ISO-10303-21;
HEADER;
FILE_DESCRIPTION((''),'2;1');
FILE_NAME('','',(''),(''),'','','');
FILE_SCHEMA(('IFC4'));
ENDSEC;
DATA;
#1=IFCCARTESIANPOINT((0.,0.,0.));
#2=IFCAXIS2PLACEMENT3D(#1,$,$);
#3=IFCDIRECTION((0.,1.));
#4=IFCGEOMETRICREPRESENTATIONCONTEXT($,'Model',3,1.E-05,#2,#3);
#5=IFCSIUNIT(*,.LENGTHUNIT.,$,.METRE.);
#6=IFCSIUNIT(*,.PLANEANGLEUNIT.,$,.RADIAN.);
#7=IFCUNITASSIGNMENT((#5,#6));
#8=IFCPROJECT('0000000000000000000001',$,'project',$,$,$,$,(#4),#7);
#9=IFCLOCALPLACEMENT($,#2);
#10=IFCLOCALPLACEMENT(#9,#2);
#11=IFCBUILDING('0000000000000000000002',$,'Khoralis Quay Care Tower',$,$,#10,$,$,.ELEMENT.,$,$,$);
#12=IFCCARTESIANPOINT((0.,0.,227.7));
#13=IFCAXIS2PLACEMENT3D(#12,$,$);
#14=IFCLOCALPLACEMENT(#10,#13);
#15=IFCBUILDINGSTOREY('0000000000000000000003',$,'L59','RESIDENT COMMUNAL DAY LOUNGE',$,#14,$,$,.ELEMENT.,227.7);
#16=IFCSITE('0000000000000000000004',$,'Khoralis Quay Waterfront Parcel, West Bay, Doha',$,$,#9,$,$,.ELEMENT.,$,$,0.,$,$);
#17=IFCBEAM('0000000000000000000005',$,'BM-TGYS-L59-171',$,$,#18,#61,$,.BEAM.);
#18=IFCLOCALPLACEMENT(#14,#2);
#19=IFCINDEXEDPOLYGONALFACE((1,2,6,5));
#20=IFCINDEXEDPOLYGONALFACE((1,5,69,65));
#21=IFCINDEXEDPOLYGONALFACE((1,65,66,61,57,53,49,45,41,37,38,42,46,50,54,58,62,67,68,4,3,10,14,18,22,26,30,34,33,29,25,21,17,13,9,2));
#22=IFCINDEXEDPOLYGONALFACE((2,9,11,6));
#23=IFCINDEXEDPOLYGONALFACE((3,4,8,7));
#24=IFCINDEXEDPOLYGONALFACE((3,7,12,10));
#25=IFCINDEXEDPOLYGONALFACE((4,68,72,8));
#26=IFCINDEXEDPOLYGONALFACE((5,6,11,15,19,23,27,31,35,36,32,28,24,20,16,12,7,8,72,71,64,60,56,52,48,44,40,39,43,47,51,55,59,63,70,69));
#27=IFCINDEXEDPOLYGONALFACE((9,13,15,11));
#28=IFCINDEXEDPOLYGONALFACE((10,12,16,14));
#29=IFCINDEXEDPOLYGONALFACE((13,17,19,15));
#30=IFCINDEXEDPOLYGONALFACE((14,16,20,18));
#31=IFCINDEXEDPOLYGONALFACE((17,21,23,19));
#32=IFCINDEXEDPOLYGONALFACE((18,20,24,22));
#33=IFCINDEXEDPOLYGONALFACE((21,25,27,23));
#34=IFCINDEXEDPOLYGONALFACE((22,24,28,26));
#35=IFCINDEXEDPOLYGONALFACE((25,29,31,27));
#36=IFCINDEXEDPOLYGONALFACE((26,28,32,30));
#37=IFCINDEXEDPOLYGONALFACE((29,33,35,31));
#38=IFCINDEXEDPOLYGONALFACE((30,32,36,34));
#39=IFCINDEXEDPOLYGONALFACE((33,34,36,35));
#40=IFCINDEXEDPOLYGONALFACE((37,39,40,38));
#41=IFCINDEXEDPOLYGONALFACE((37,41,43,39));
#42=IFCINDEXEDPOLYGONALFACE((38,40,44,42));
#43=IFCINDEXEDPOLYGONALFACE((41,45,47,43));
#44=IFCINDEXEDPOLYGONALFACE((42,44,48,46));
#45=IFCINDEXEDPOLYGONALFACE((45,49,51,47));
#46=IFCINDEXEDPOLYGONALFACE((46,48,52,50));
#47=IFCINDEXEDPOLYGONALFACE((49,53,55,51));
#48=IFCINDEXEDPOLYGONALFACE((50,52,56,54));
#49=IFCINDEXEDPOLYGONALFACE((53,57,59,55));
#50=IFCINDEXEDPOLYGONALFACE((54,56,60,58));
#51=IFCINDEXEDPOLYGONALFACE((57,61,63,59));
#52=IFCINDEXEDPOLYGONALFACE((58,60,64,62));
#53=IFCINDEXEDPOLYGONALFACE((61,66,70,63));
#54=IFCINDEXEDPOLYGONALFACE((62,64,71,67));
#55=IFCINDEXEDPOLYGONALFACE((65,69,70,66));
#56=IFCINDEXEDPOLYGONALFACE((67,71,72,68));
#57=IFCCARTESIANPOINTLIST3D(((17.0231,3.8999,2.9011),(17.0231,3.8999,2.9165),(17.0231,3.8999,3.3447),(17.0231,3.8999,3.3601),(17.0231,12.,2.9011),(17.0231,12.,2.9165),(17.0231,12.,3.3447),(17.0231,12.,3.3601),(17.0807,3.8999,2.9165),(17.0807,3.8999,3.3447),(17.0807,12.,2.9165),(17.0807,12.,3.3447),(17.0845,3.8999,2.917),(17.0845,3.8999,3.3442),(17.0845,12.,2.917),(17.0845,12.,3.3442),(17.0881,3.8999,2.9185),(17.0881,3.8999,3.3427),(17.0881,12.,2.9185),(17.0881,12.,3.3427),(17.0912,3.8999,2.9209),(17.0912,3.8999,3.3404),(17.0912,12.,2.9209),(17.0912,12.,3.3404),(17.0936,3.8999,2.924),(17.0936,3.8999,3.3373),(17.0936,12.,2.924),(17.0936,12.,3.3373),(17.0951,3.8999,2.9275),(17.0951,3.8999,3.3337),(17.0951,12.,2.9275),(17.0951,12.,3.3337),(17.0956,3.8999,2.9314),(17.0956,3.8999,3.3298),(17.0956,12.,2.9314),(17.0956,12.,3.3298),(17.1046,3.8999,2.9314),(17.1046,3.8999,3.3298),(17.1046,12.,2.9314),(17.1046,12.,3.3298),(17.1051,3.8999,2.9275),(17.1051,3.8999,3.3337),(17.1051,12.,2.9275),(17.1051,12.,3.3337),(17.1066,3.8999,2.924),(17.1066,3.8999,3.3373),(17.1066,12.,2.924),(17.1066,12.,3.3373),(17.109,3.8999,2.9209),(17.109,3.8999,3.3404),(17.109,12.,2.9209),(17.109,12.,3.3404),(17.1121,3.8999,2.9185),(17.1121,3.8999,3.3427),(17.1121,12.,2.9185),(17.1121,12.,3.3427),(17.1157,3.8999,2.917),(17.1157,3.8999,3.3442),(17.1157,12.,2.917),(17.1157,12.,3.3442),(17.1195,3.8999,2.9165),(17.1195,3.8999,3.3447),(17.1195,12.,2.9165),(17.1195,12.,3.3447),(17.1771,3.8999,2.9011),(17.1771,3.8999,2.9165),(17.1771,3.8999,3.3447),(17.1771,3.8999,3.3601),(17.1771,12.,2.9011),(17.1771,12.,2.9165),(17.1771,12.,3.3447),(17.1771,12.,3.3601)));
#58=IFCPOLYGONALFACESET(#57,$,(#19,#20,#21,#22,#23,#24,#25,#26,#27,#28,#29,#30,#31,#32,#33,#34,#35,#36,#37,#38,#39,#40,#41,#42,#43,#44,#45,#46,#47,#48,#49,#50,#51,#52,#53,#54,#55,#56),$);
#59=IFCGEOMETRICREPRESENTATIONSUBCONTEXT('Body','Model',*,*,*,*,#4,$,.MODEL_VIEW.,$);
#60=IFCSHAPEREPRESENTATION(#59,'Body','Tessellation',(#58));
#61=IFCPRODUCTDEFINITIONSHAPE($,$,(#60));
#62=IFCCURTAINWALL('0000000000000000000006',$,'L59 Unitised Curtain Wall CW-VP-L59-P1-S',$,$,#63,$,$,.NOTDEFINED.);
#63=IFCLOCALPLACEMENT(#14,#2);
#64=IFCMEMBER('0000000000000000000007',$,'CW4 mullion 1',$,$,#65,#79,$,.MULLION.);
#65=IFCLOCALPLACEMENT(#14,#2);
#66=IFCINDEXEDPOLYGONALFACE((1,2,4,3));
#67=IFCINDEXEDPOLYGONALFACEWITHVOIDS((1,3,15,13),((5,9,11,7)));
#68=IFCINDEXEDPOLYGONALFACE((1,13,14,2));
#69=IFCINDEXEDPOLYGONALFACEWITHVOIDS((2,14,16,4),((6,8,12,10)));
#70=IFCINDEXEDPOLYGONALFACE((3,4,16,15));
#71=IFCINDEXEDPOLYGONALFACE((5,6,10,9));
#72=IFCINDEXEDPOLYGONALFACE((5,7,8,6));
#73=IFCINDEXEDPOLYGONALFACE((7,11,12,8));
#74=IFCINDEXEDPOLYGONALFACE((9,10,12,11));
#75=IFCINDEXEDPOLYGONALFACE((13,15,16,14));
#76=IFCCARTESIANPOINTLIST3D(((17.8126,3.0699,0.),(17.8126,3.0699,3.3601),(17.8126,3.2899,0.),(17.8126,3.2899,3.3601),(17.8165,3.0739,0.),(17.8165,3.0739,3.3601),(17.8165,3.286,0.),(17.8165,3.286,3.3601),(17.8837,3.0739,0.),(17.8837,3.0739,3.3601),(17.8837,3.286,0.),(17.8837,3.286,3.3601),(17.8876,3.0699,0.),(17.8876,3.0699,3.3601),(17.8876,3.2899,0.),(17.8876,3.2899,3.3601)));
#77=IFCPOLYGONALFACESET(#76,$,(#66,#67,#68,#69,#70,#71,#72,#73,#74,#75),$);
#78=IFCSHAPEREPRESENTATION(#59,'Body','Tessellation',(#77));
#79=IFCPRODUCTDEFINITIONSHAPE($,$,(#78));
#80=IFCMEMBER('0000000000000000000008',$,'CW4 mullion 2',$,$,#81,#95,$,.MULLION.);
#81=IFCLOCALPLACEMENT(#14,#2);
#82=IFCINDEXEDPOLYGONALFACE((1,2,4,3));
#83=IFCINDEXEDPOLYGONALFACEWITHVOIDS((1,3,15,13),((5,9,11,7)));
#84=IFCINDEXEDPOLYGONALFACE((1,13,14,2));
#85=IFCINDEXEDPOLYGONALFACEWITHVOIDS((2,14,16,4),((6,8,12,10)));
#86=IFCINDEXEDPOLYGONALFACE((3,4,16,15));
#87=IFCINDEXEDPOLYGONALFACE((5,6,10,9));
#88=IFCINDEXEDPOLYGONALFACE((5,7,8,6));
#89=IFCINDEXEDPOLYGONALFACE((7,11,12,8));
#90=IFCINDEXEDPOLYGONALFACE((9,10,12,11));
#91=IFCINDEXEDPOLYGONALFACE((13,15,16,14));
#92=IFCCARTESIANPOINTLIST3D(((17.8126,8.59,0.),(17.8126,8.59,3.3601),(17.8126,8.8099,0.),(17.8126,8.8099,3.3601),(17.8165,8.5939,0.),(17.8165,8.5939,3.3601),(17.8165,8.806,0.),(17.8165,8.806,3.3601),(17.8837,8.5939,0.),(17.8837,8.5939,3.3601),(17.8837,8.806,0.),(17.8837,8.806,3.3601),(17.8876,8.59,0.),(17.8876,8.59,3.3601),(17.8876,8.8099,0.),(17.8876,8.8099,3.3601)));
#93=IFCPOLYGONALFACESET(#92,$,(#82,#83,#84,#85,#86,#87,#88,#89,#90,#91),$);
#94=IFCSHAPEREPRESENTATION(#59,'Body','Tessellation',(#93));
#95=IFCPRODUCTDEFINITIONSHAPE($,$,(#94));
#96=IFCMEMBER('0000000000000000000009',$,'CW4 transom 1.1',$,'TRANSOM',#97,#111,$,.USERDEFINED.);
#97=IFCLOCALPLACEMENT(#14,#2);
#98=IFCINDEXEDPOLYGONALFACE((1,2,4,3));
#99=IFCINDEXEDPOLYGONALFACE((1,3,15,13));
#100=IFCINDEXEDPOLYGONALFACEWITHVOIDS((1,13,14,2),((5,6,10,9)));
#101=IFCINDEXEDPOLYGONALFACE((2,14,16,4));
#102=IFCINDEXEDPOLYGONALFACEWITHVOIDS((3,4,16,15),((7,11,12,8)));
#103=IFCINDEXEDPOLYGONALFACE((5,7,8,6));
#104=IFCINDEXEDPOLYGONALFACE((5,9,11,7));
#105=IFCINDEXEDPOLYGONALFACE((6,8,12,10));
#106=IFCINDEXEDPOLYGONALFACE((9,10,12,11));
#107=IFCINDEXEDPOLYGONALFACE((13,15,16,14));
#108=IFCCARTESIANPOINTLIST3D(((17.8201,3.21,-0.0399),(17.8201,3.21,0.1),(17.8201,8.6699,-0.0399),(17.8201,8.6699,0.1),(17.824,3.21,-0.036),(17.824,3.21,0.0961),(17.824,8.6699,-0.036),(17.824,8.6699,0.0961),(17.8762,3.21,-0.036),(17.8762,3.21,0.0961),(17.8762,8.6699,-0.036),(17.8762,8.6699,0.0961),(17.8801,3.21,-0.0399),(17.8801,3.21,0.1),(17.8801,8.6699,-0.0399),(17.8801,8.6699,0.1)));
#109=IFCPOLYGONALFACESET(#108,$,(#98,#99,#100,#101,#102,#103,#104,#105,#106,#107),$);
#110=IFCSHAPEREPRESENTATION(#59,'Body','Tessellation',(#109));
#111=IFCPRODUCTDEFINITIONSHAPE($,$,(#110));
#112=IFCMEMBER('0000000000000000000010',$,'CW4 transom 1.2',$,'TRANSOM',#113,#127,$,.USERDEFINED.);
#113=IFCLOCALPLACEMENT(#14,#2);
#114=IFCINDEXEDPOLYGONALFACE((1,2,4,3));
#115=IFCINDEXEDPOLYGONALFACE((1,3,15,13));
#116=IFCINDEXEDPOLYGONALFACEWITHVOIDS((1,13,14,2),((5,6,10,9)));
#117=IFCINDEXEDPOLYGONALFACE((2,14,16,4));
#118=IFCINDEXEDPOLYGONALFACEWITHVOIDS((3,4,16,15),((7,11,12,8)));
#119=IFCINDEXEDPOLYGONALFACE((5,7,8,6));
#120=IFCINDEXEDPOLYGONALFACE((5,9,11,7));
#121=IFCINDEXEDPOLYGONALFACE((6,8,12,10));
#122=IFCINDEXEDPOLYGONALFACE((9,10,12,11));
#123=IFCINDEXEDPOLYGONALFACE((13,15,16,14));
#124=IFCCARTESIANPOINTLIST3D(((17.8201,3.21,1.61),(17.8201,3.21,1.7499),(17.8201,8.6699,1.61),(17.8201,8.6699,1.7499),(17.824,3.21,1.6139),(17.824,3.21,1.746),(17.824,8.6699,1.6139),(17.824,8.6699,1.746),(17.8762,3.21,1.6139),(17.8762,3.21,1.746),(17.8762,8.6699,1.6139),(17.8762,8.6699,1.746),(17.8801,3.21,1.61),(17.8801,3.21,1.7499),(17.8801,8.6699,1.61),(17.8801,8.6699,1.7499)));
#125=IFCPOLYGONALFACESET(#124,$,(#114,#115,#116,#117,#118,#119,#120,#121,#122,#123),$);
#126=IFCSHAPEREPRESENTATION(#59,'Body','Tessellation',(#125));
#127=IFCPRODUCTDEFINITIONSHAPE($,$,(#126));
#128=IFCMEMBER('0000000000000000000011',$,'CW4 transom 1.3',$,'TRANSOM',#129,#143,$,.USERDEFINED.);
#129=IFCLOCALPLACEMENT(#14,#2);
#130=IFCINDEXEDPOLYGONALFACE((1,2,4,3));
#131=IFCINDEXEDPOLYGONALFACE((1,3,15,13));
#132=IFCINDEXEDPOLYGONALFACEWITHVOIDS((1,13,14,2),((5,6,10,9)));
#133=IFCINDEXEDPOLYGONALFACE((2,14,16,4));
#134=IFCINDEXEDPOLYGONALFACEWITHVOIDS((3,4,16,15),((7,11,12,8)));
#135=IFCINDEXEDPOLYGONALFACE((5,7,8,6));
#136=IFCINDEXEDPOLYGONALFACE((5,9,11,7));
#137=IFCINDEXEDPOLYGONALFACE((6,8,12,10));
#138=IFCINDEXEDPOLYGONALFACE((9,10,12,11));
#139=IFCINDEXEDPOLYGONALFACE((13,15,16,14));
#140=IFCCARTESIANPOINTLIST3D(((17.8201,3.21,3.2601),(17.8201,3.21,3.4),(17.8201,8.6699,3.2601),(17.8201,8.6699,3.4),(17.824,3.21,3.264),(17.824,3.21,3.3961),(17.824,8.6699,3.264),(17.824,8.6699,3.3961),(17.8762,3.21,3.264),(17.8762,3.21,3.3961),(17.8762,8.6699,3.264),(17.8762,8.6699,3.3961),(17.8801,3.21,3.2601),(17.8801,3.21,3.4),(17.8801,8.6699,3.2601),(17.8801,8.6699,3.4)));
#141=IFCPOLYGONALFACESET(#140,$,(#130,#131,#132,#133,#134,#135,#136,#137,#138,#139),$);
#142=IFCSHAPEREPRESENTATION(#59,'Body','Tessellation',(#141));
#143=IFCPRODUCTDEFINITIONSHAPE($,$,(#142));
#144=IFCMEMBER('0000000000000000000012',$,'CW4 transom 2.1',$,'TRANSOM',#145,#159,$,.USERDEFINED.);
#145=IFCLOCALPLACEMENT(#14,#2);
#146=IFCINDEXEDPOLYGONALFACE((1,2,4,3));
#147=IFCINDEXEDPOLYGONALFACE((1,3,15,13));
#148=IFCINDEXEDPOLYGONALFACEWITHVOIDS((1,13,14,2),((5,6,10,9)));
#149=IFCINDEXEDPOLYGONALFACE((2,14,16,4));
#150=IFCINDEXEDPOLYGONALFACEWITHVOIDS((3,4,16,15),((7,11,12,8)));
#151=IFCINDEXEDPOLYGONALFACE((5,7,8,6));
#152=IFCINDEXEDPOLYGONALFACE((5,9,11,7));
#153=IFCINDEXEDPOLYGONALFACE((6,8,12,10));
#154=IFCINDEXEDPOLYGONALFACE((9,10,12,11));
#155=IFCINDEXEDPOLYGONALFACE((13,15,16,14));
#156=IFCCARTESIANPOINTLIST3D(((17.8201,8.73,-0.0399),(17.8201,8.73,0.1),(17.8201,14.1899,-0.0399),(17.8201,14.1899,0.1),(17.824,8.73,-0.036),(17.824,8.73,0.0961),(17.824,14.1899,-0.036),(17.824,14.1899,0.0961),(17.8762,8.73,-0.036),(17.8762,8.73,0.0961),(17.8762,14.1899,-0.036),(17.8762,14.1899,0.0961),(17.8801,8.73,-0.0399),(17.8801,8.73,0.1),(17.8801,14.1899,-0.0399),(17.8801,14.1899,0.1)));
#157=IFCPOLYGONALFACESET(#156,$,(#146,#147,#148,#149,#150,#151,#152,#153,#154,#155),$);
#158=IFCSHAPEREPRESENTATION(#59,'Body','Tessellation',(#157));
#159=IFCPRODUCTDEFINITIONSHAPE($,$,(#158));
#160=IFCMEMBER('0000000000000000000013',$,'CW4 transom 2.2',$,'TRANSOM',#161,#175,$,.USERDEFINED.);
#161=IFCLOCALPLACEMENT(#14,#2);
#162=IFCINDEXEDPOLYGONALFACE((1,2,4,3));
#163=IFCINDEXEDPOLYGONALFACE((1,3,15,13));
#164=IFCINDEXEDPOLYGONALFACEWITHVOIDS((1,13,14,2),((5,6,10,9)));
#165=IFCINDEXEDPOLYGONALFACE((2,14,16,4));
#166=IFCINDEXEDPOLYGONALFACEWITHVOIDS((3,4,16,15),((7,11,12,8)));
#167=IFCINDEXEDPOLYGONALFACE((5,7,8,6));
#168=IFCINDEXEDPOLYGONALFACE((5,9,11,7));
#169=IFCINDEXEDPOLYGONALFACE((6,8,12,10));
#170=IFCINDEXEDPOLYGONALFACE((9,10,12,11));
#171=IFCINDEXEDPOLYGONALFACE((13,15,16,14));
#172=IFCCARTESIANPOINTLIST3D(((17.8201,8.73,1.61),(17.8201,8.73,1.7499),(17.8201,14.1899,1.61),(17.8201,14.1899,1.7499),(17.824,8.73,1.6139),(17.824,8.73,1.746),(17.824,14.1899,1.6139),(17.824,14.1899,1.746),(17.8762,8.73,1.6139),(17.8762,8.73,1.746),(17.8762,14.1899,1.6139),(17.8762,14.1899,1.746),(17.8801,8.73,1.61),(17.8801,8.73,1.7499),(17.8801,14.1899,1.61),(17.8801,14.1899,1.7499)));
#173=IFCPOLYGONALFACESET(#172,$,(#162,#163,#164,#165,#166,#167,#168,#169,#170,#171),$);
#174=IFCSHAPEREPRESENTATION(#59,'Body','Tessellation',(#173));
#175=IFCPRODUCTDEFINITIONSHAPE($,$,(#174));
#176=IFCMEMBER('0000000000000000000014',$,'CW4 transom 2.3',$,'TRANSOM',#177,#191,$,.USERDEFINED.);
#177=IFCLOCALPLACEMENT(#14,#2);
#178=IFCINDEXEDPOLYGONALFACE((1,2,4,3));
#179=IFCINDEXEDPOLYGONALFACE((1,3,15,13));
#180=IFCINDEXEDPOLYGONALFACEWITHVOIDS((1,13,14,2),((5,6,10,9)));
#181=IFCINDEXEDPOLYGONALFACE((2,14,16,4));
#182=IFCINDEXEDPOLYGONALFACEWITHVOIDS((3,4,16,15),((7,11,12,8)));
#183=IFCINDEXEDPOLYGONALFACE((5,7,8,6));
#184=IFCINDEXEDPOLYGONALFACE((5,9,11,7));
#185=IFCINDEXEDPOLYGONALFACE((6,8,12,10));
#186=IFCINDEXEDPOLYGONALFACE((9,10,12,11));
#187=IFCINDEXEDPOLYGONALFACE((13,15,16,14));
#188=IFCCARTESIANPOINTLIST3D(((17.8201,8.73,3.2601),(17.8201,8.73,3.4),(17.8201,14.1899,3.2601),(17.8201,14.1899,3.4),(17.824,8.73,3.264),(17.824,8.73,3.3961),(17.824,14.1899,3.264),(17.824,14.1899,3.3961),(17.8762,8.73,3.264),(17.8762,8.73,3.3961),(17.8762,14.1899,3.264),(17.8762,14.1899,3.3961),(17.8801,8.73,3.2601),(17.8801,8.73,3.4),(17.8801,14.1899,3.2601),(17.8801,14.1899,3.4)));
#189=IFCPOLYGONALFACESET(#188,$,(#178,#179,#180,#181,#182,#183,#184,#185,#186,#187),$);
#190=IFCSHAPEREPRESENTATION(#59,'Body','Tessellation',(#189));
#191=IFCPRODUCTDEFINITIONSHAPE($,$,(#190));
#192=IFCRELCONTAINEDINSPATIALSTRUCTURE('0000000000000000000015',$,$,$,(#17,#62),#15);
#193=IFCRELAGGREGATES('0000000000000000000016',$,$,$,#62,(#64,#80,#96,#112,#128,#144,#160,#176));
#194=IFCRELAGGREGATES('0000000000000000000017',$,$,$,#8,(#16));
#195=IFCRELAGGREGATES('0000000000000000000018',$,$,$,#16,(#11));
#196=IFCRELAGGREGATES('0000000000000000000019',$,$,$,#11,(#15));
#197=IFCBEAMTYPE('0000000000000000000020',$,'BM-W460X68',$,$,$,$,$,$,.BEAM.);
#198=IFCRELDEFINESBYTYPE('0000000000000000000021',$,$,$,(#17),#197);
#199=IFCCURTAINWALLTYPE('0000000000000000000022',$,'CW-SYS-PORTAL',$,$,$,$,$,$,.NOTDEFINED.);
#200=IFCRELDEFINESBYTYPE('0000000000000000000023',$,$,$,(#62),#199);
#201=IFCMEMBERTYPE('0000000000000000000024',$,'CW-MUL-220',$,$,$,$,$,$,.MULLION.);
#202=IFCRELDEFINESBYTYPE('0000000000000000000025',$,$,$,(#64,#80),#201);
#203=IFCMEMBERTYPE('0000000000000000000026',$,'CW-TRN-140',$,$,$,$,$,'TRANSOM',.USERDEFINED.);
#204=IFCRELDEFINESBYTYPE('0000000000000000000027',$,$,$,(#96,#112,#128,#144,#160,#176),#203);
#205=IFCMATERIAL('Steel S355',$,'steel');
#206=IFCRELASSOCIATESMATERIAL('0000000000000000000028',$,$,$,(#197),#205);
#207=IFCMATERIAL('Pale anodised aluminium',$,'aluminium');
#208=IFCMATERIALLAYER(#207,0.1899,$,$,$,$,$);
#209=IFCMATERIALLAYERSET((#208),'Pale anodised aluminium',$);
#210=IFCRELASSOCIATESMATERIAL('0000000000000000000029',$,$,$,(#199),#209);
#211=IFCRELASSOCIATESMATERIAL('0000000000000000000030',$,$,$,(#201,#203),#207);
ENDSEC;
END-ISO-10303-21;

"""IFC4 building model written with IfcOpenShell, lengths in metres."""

from ifc_helpers import new_model, si_unit, direction, frame, origin, origin_2d, place, context, subcontext, project, spatial, hollow_rectangle, i_section, extrude, source, transform, mapped, material, layer, layer_set, material_profile, profile_set, type_object, element, aggregate, save


model = new_model("IFC4")

# Units and contexts
model_context = context("Model", 3, precision=1e-05, world=origin(), true_north=direction((0.0, 1.0)))
body_context = subcontext(model_context, "Body", "Model", "MODEL_VIEW")
ifc_project = project(units=[si_unit("LENGTHUNIT", "METRE"), si_unit("PLANEANGLEUNIT", "RADIAN")], contexts=[model_context])

# Site, building, storey
site_placement = place(None, origin())
site = spatial("IfcSite", under=ifc_project, at=site_placement, Name="Khoralis Quay Waterfront Parcel, West Bay, Doha", CompositionType="ELEMENT", RefElevation=0.0)
building_placement = place(site_placement, origin())
building = spatial("IfcBuilding", under=site, at=building_placement, Name="Khoralis Quay Care Tower", CompositionType="ELEMENT")
storey_placement = place(building_placement, frame((0.0, 0.0, 227.7)))
storey = spatial("IfcBuildingStorey", under=building, at=storey_placement, Name="L59", Description="RESIDENT COMMUNAL DAY LOUNGE", CompositionType="ELEMENT", Elevation=227.7)

# Beam
ifc_material_1 = material(Name="Steel S355", Category="steel")
ifc_material_profile_1 = material_profile(ifc_material_1, i_section(OverallWidth=0.1541, OverallDepth=0.459, WebThickness=0.009, FlangeThickness=0.0154, FilletRadius=0.0149, at=origin_2d()), Name="Steel S355")
ifc_profile_set_1 = profile_set([ifc_material_profile_1], Name="Steel S355")
beam_type_1 = type_object("IfcBeamType", Name="BM-W460X68", PredefinedType="BEAM", material=ifc_profile_set_1)
shared_shape_1 = source(origin(), body_context, "Body", "SweptSolid", [
    extrude(i_section(OverallWidth=0.1541, OverallDepth=0.459, WebThickness=0.009, FlangeThickness=0.0154, FilletRadius=0.0149, at=origin_2d()), origin(), (0.0, 0.0, 1.0), 8.1001),
])
beam_1_placement = place(storey_placement, frame((17.1001, 3.8999, 3.1306), z_axis=(0.0, 1.0, 0.0), x_axis=(-1.0, 0.0, 0.0)))
element("IfcBeam", 1, at=beam_1_placement, inside=storey, type_object=beam_type_1, Name="BM-TGYS-L59-171", PredefinedType="BEAM", context=body_context, shape_type="MappedRepresentation", body=[
    mapped(shared_shape_1, transform((0.0, 0.0, 0.0), scale=1.0)),
])

# Curtain wall, members
ifc_material_2 = material(Name="Pale anodised aluminium", Category="aluminium")
ifc_layer_1 = layer(ifc_material_2, 0.1899)
ifc_layer_set_1 = layer_set([ifc_layer_1], Name="Pale anodised aluminium")
curtain_wall_type = type_object("IfcCurtainWallType", Name="CW-SYS-PORTAL", PredefinedType="NOTDEFINED", material=ifc_layer_set_1)
curtain_wall_placement = place(storey_placement, origin())
curtain_wall = element("IfcCurtainWall", 2, at=curtain_wall_placement, inside=storey, type_object=curtain_wall_type, Name="L59 Unitised Curtain Wall CW-VP-L59-P1-S", PredefinedType="NOTDEFINED")
ifc_material_profile_2 = material_profile(ifc_material_2, hollow_rectangle(XDim=0.075, YDim=0.22, WallThickness=0.0039, at=origin_2d()), Name="Pale anodised aluminium")
ifc_profile_set_2 = profile_set([ifc_material_profile_2], Name="Pale anodised aluminium")
member_type_1 = type_object("IfcMemberType", Name="CW-MUL-220", PredefinedType="MULLION", material=ifc_profile_set_2)
shared_shape_2 = source(origin(), body_context, "Body", "SweptSolid", [
    extrude(hollow_rectangle(XDim=0.075, YDim=0.22, WallThickness=0.0039, at=origin_2d()), origin(), (0.0, 0.0, 1.0), 3.3601),
])
member_1_placement = place(storey_placement, frame((17.8501, 3.1799, 0.0), z_axis=(0.0, 0.0, 1.0), x_axis=(-1.0, 0.0, 0.0)))
member_1 = element("IfcMember", 3, at=member_1_placement, type_object=member_type_1, Name="CW4 mullion 1", PredefinedType="MULLION", context=body_context, shape_type="MappedRepresentation", body=[
    mapped(shared_shape_2, transform((0.0, 0.0, 0.0), scale=1.0)),
])
member_2_placement = place(storey_placement, frame((17.8501, 8.7, 0.0), z_axis=(0.0, 0.0, 1.0), x_axis=(-1.0, 0.0, 0.0)))
member_2 = element("IfcMember", 4, at=member_2_placement, type_object=member_type_1, Name="CW4 mullion 2", PredefinedType="MULLION", context=body_context, shape_type="MappedRepresentation", body=[
    mapped(shared_shape_2, transform((0.0, 0.0, 0.0), scale=1.0)),
])
ifc_material_profile_3 = material_profile(ifc_material_2, hollow_rectangle(XDim=0.0601, YDim=0.1399, WallThickness=0.0039, at=origin_2d()), Name="Pale anodised aluminium")
ifc_profile_set_3 = profile_set([ifc_material_profile_3], Name="Pale anodised aluminium")
member_type_2 = type_object("IfcMemberType", Name="CW-TRN-140", ElementType="TRANSOM", PredefinedType="USERDEFINED", material=ifc_profile_set_3)
shared_shape_3 = source(origin(), body_context, "Body", "SweptSolid", [
    extrude(hollow_rectangle(XDim=0.0601, YDim=0.1399, WallThickness=0.0039, at=origin_2d()), origin(), (0.0, 0.0, 1.0), 5.46),
])
member_3_placement = place(storey_placement, frame((17.8501, 3.21, 0.03), z_axis=(0.0, 1.0, 0.0), x_axis=(-1.0, 0.0, 0.0)))
member_3 = element("IfcMember", 5, at=member_3_placement, type_object=member_type_2, Name="CW4 transom 1.1", ObjectType="TRANSOM", PredefinedType="USERDEFINED", context=body_context, shape_type="MappedRepresentation", body=[
    mapped(shared_shape_3, transform((0.0, 0.0, 0.0), scale=1.0)),
])
member_4_placement = place(storey_placement, frame((17.8501, 3.21, 1.6799), z_axis=(0.0, 1.0, 0.0), x_axis=(-1.0, 0.0, 0.0)))
member_4 = element("IfcMember", 6, at=member_4_placement, type_object=member_type_2, Name="CW4 transom 1.2", ObjectType="TRANSOM", PredefinedType="USERDEFINED", context=body_context, shape_type="MappedRepresentation", body=[
    mapped(shared_shape_3, transform((0.0, 0.0, 0.0), scale=1.0)),
])
member_5_placement = place(storey_placement, frame((17.8501, 3.21, 3.3301), z_axis=(0.0, 1.0, 0.0), x_axis=(-1.0, 0.0, 0.0)))
member_5 = element("IfcMember", 7, at=member_5_placement, type_object=member_type_2, Name="CW4 transom 1.3", ObjectType="TRANSOM", PredefinedType="USERDEFINED", context=body_context, shape_type="MappedRepresentation", body=[
    mapped(shared_shape_3, transform((0.0, 0.0, 0.0), scale=1.0)),
])
member_6_placement = place(storey_placement, frame((17.8501, 8.73, 0.03), z_axis=(0.0, 1.0, 0.0), x_axis=(-1.0, 0.0, 0.0)))
member_6 = element("IfcMember", 8, at=member_6_placement, type_object=member_type_2, Name="CW4 transom 2.1", ObjectType="TRANSOM", PredefinedType="USERDEFINED", context=body_context, shape_type="MappedRepresentation", body=[
    mapped(shared_shape_3, transform((0.0, 0.0, 0.0), scale=1.0)),
])
member_7_placement = place(storey_placement, frame((17.8501, 8.73, 1.6799), z_axis=(0.0, 1.0, 0.0), x_axis=(-1.0, 0.0, 0.0)))
member_7 = element("IfcMember", 9, at=member_7_placement, type_object=member_type_2, Name="CW4 transom 2.2", ObjectType="TRANSOM", PredefinedType="USERDEFINED", context=body_context, shape_type="MappedRepresentation", body=[
    mapped(shared_shape_3, transform((0.0, 0.0, 0.0), scale=1.0)),
])
member_8_placement = place(storey_placement, frame((17.8501, 8.73, 3.3301), z_axis=(0.0, 1.0, 0.0), x_axis=(-1.0, 0.0, 0.0)))
member_8 = element("IfcMember", 10, at=member_8_placement, type_object=member_type_2, Name="CW4 transom 2.3", ObjectType="TRANSOM", PredefinedType="USERDEFINED", context=body_context, shape_type="MappedRepresentation", body=[
    mapped(shared_shape_3, transform((0.0, 0.0, 0.0), scale=1.0)),
])
aggregate(curtain_wall, [member_1, member_2, member_3, member_4, member_5, member_6, member_7, member_8])

save(model, "model.ifc")
